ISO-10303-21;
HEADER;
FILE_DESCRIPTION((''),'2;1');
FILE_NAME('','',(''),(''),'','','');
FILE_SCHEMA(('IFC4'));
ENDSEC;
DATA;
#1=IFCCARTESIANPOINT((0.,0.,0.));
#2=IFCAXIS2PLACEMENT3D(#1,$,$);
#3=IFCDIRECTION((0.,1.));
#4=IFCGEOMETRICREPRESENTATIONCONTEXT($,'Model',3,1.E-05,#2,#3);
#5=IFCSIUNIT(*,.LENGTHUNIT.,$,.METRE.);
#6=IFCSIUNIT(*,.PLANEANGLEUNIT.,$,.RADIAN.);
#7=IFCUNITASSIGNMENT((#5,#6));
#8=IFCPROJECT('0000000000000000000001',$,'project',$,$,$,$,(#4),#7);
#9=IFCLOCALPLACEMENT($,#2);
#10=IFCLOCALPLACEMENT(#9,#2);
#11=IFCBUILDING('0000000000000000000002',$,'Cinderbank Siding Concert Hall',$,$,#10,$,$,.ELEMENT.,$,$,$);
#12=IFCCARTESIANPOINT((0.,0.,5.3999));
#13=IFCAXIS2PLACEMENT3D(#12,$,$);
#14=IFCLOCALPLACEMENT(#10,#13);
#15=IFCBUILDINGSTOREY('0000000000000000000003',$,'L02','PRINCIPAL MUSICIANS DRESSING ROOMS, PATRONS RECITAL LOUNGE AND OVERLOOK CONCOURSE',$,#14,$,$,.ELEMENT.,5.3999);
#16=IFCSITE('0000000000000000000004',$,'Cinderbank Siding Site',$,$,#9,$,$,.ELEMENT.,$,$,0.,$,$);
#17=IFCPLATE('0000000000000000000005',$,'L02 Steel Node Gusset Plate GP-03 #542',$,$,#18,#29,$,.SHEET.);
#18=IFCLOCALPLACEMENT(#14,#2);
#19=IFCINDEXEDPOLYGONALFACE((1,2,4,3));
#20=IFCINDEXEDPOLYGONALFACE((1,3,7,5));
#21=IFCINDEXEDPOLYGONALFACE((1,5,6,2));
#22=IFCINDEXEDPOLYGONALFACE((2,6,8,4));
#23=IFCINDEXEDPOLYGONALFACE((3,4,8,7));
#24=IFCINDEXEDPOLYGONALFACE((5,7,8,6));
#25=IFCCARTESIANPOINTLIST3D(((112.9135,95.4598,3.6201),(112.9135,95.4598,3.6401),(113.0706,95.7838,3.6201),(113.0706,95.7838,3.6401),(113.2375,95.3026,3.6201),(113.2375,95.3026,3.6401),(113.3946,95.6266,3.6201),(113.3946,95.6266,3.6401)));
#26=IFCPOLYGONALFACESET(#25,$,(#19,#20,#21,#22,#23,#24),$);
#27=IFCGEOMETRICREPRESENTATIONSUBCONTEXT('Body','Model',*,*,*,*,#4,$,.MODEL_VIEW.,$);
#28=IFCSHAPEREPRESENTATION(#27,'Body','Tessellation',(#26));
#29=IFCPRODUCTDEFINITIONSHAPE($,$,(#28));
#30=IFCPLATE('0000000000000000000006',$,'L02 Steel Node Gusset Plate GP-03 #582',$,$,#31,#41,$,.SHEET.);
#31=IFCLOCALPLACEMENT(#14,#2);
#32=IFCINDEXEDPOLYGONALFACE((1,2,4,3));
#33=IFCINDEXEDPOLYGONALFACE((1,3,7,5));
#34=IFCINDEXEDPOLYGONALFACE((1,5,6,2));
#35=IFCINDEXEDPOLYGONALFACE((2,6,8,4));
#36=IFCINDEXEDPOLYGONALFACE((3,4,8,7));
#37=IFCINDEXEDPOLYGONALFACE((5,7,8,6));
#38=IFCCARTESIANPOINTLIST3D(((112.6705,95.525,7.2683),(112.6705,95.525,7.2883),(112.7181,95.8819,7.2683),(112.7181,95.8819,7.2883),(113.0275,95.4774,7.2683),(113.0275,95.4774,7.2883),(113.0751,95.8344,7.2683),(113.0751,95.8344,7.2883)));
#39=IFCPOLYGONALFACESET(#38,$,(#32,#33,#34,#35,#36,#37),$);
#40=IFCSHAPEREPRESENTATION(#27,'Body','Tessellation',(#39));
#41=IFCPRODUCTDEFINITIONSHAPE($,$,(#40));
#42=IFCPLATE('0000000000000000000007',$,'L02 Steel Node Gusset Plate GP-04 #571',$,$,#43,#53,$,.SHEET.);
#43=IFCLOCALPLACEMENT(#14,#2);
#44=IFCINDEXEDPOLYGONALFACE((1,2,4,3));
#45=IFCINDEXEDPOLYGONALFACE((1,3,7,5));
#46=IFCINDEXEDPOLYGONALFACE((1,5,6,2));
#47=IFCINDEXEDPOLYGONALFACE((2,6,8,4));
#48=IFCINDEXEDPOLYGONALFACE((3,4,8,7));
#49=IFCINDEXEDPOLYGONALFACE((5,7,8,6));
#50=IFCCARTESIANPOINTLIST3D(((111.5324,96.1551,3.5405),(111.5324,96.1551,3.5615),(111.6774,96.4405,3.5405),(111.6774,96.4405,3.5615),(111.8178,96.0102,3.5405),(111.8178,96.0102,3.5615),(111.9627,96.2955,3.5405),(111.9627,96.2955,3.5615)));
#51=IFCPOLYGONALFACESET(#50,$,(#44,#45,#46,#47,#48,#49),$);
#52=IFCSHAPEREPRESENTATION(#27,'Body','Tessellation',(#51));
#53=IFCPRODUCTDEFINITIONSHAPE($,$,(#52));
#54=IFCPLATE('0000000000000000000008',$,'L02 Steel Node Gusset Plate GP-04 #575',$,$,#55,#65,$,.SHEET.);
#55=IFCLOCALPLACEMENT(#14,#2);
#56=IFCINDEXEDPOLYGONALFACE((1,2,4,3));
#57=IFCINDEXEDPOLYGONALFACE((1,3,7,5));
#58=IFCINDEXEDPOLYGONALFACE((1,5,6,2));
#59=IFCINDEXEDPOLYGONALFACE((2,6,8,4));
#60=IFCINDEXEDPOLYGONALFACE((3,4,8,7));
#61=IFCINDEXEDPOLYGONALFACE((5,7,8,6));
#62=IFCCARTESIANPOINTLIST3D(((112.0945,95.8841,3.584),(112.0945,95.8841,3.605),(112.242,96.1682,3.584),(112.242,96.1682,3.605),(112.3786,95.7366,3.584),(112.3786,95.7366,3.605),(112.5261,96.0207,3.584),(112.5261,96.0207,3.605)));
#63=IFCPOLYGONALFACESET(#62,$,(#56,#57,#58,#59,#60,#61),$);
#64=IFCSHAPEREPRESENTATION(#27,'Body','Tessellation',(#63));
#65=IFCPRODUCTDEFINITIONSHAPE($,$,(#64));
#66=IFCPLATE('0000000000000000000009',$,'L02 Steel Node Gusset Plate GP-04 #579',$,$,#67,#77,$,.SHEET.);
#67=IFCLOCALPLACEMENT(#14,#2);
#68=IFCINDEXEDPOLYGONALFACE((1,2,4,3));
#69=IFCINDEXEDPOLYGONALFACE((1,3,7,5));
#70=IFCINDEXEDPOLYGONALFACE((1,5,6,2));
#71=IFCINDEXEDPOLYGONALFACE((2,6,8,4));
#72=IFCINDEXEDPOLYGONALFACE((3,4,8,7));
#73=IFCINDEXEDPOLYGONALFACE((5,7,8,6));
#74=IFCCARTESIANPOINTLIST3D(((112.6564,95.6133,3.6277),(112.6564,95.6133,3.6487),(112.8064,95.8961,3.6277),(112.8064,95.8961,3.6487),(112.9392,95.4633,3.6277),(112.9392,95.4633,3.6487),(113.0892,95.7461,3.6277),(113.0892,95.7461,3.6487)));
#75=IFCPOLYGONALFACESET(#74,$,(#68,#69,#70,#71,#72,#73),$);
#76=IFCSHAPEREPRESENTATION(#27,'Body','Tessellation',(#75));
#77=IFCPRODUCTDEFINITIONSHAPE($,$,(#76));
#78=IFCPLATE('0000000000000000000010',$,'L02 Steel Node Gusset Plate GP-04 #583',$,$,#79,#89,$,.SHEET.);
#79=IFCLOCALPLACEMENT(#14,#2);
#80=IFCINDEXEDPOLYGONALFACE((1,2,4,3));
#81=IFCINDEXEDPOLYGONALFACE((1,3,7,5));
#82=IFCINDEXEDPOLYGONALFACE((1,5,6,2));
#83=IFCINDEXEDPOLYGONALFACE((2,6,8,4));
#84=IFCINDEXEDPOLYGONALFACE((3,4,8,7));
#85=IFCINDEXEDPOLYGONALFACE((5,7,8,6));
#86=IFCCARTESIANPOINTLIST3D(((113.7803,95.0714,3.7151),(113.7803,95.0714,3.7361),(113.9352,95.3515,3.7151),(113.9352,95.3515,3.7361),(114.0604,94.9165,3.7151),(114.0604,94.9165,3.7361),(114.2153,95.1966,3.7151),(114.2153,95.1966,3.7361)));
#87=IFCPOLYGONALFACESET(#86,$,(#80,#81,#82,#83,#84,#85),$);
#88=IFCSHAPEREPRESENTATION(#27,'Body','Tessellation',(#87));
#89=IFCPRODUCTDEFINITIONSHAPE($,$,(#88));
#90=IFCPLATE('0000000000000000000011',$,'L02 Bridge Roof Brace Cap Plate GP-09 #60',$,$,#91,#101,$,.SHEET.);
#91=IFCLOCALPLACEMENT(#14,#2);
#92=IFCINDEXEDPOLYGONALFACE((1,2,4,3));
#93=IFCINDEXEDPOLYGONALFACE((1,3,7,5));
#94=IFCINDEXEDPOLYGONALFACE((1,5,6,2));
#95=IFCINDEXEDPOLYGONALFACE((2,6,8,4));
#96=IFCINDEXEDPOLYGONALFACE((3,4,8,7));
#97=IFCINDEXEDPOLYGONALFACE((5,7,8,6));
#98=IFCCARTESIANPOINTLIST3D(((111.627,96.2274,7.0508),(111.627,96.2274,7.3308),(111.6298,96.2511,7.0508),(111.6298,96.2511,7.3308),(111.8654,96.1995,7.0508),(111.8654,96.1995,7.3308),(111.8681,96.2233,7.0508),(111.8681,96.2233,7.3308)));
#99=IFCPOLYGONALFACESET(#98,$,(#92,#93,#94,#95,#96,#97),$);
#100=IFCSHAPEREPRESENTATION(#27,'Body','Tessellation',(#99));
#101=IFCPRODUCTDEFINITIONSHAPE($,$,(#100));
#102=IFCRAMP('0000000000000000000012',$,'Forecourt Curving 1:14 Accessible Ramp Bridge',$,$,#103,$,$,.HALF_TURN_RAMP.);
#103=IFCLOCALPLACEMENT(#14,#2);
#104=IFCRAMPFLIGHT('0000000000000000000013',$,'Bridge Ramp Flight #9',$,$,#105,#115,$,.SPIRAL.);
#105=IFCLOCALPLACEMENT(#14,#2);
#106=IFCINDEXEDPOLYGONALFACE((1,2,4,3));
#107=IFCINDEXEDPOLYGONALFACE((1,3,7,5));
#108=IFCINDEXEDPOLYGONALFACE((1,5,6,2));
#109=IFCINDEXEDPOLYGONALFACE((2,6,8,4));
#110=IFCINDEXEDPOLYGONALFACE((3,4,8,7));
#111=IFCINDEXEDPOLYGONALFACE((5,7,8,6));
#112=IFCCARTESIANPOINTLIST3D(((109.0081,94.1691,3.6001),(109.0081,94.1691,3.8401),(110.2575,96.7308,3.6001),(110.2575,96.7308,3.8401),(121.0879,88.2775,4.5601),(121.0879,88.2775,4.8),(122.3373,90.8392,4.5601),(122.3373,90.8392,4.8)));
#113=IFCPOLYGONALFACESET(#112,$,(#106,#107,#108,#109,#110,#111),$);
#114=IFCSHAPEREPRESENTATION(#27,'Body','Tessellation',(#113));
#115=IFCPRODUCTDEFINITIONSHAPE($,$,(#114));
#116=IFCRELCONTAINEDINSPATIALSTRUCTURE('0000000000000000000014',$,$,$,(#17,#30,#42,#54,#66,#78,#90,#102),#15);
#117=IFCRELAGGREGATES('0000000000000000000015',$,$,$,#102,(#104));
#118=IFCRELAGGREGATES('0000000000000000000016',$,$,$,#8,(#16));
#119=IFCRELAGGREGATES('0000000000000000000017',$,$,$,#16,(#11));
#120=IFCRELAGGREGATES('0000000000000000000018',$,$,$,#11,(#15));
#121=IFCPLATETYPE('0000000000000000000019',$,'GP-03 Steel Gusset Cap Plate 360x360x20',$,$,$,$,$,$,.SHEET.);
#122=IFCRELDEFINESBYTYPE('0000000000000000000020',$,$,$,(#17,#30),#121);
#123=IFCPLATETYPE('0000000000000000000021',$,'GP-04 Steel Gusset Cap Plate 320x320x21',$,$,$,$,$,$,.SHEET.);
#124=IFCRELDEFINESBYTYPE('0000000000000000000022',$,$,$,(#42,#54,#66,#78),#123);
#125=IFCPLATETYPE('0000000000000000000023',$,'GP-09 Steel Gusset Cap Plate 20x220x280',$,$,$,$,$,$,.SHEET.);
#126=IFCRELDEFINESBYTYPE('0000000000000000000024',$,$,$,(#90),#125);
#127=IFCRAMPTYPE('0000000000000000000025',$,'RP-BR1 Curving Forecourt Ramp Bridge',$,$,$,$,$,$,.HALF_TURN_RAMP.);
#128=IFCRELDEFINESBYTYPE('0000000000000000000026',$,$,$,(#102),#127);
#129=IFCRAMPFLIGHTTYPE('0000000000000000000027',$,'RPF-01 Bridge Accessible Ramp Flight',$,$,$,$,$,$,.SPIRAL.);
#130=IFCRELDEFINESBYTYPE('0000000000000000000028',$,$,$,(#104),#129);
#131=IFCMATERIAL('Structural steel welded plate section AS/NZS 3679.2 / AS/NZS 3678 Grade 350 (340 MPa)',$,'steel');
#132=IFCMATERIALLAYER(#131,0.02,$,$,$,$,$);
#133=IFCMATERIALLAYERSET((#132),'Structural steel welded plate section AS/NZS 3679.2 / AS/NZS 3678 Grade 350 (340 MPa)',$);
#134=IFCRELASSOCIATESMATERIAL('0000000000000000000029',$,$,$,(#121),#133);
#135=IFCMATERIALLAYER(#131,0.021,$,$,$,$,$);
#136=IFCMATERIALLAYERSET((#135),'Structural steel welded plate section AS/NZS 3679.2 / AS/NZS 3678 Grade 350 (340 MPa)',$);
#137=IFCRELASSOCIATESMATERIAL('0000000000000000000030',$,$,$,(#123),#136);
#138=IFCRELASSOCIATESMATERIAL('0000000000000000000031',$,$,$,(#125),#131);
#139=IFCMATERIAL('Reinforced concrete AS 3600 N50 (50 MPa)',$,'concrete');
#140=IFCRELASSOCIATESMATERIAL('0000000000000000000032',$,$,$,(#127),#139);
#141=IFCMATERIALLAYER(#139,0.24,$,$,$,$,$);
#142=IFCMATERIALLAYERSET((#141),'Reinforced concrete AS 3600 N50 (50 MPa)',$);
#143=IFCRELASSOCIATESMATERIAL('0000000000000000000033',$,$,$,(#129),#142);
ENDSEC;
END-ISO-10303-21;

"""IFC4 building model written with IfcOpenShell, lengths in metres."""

from ifc_helpers import new_model, si_unit, direction, frame, origin, origin_2d, place, context, subcontext, project, spatial, polyline, rectangle, outline, extrude, material, layer, layer_set, type_object, element, aggregate, save


model = new_model("IFC4")

# Units and contexts
model_context = context("Model", 3, precision=1e-05, world=origin(), true_north=direction((0.0, 1.0)))
body_context = subcontext(model_context, "Body", "Model", "MODEL_VIEW")
ifc_project = project(units=[si_unit("LENGTHUNIT", "METRE"), si_unit("PLANEANGLEUNIT", "RADIAN")], contexts=[model_context])

# Site, building, storey
site_placement = place(None, origin())
site = spatial("IfcSite", under=ifc_project, at=site_placement, Name="Cinderbank Siding Site", CompositionType="ELEMENT", RefElevation=0.0)
building_placement = place(site_placement, origin())
building = spatial("IfcBuilding", under=site, at=building_placement, Name="Cinderbank Siding Concert Hall", CompositionType="ELEMENT")
storey_placement = place(building_placement, frame((0.0, 0.0, 5.3999)))
storey = spatial("IfcBuildingStorey", under=building, at=storey_placement, Name="L02", Description="PRINCIPAL MUSICIANS DRESSING ROOMS, PATRONS RECITAL LOUNGE AND OVERLOOK CONCOURSE", CompositionType="ELEMENT", Elevation=5.3999)

# Plates
ifc_material_1 = material(Name="Structural steel welded plate section AS/NZS 3679.2 / AS/NZS 3678 Grade 350 (340 MPa)", Category="steel")
ifc_layer_1 = layer(ifc_material_1, 0.02)
ifc_layer_set_1 = layer_set([ifc_layer_1], Name="Structural steel welded plate section AS/NZS 3679.2 / AS/NZS 3678 Grade 350 (340 MPa)")
plate_type_1 = type_object("IfcPlateType", Name="GP-03 Steel Gusset Cap Plate 360x360x20", PredefinedType="SHEET", material=ifc_layer_set_1)
for number, where, z_axis, x_axis, name in (
    (1, (113.1541, 95.5432, 3.6201), (0.0, 0.0, 1.0), (0.89971, -0.436488, 0.0), "L02 Steel Node Gusset Plate GP-03 #542"),
    (2, (112.8728, 95.6797, 7.2683), (0.0, 0.0, 1.0), (-0.132083, -0.991239, 0.0), "L02 Steel Node Gusset Plate GP-03 #582"),
):
    element("IfcPlate", number, at=place(storey_placement, frame(where, z_axis=z_axis, x_axis=x_axis)), inside=storey, type_object=plate_type_1, Name=name, PredefinedType="SHEET", context=body_context, shape_type="SweptSolid", body=[
        extrude(rectangle(XDim=0.3601, YDim=0.3601, at=origin_2d()), origin(), (0.0, 0.0, 1.0), 0.02),
    ])
ifc_layer_2 = layer(ifc_material_1, 0.021)
ifc_layer_set_2 = layer_set([ifc_layer_2], Name="Structural steel welded plate section AS/NZS 3679.2 / AS/NZS 3678 Grade 350 (340 MPa)")
plate_type_2 = type_object("IfcPlateType", Name="GP-04 Steel Gusset Cap Plate 320x320x21", PredefinedType="SHEET", material=ifc_layer_set_2)
for number, where, z_axis, x_axis, name in (
    (3, (111.7476, 96.2253, 3.5405), (0.0, 0.0, 1.0), (0.452902, 0.891561, 0.0), "L02 Steel Node Gusset Plate GP-04 #571"),
    (4, (112.3103, 95.9524, 3.584), (0.0, 0.0, 1.0), (0.460665, 0.887574, 0.0), "L02 Steel Node Gusset Plate GP-04 #575"),
    (5, (112.8728, 95.6797, 3.6277), (0.0, 0.0, 1.0), (0.468547, 0.883439, 0.0), "L02 Steel Node Gusset Plate GP-04 #579"),
    (6, (113.9978, 95.134, 3.7151), (0.0, 0.0, 1.0), (0.483893, 0.875127, 0.0), "L02 Steel Node Gusset Plate GP-04 #583"),
):
    element("IfcPlate", number, at=place(storey_placement, frame(where, z_axis=z_axis, x_axis=x_axis)), inside=storey, type_object=plate_type_2, Name=name, PredefinedType="SHEET", context=body_context, shape_type="SweptSolid", body=[
        extrude(rectangle(XDim=0.3201, YDim=0.3201, at=origin_2d()), origin(), (0.0, 0.0, 1.0), 0.021),
    ])
plate_type_3 = type_object("IfcPlateType", Name="GP-09 Steel Gusset Cap Plate 20x220x280", PredefinedType="SHEET", material=ifc_material_1)
plate_1_placement = place(storey_placement, frame((111.7476, 96.2253, 7.0508), z_axis=(0.0, 0.0, 1.0), x_axis=(-0.115977, -0.993252, 0.0)))
element("IfcPlate", 7, at=plate_1_placement, inside=storey, type_object=plate_type_3, Name="L02 Bridge Roof Brace Cap Plate GP-09 #60", PredefinedType="SHEET", context=body_context, shape_type="SweptSolid", body=[
    extrude(rectangle(XDim=0.0239, YDim=0.24, at=origin_2d()), origin(), (0.0, 0.0, 1.0), 0.28),
])

# Ramp, ramp flight
ifc_material_2 = material(Name="Reinforced concrete AS 3600 N50 (50 MPa)", Category="concrete")
ramp_type = type_object("IfcRampType", Name="RP-BR1 Curving Forecourt Ramp Bridge", PredefinedType="HALF_TURN_RAMP", material=ifc_material_2)
ramp_placement = place(storey_placement, origin())
ramp = element("IfcRamp", 8, at=ramp_placement, inside=storey, type_object=ramp_type, Name="Forecourt Curving 1:14 Accessible Ramp Bridge", PredefinedType="HALF_TURN_RAMP")
ifc_layer_3 = layer(ifc_material_2, 0.24)
ifc_layer_set_3 = layer_set([ifc_layer_3], Name="Reinforced concrete AS 3600 N50 (50 MPa)")
ramp_flight_type = type_object("IfcRampFlightType", Name="RPF-01 Bridge Accessible Ramp Flight", PredefinedType="SPIRAL", material=ifc_layer_set_3)
ramp_flight_placement = place(storey_placement, frame((109.6328, 95.45, 3.8401), z_axis=(0.0, 0.0, 1.0), x_axis=(0.898798, -0.438364, 0.0)))
ramp_flight = element("IfcRampFlight", 9, at=ramp_flight_placement, type_object=ramp_flight_type, Name="Bridge Ramp Flight #9", PredefinedType="SPIRAL", context=body_context, shape_type="SweptSolid", body=[
    extrude(outline(polyline([(0.0, 0.0), (13.4399, 0.96), (13.4399, 0.72), (0.0, -0.24), (0.0, 0.0)])), frame((0.0, 1.425, 0.0), z_axis=(0.0, -1.0, 0.0), x_axis=(1.0, 0.0, 0.0)), (0.0, 0.0, 1.0), 2.8501),
])
aggregate(ramp, [ramp_flight])

save(model, "model.ifc")
